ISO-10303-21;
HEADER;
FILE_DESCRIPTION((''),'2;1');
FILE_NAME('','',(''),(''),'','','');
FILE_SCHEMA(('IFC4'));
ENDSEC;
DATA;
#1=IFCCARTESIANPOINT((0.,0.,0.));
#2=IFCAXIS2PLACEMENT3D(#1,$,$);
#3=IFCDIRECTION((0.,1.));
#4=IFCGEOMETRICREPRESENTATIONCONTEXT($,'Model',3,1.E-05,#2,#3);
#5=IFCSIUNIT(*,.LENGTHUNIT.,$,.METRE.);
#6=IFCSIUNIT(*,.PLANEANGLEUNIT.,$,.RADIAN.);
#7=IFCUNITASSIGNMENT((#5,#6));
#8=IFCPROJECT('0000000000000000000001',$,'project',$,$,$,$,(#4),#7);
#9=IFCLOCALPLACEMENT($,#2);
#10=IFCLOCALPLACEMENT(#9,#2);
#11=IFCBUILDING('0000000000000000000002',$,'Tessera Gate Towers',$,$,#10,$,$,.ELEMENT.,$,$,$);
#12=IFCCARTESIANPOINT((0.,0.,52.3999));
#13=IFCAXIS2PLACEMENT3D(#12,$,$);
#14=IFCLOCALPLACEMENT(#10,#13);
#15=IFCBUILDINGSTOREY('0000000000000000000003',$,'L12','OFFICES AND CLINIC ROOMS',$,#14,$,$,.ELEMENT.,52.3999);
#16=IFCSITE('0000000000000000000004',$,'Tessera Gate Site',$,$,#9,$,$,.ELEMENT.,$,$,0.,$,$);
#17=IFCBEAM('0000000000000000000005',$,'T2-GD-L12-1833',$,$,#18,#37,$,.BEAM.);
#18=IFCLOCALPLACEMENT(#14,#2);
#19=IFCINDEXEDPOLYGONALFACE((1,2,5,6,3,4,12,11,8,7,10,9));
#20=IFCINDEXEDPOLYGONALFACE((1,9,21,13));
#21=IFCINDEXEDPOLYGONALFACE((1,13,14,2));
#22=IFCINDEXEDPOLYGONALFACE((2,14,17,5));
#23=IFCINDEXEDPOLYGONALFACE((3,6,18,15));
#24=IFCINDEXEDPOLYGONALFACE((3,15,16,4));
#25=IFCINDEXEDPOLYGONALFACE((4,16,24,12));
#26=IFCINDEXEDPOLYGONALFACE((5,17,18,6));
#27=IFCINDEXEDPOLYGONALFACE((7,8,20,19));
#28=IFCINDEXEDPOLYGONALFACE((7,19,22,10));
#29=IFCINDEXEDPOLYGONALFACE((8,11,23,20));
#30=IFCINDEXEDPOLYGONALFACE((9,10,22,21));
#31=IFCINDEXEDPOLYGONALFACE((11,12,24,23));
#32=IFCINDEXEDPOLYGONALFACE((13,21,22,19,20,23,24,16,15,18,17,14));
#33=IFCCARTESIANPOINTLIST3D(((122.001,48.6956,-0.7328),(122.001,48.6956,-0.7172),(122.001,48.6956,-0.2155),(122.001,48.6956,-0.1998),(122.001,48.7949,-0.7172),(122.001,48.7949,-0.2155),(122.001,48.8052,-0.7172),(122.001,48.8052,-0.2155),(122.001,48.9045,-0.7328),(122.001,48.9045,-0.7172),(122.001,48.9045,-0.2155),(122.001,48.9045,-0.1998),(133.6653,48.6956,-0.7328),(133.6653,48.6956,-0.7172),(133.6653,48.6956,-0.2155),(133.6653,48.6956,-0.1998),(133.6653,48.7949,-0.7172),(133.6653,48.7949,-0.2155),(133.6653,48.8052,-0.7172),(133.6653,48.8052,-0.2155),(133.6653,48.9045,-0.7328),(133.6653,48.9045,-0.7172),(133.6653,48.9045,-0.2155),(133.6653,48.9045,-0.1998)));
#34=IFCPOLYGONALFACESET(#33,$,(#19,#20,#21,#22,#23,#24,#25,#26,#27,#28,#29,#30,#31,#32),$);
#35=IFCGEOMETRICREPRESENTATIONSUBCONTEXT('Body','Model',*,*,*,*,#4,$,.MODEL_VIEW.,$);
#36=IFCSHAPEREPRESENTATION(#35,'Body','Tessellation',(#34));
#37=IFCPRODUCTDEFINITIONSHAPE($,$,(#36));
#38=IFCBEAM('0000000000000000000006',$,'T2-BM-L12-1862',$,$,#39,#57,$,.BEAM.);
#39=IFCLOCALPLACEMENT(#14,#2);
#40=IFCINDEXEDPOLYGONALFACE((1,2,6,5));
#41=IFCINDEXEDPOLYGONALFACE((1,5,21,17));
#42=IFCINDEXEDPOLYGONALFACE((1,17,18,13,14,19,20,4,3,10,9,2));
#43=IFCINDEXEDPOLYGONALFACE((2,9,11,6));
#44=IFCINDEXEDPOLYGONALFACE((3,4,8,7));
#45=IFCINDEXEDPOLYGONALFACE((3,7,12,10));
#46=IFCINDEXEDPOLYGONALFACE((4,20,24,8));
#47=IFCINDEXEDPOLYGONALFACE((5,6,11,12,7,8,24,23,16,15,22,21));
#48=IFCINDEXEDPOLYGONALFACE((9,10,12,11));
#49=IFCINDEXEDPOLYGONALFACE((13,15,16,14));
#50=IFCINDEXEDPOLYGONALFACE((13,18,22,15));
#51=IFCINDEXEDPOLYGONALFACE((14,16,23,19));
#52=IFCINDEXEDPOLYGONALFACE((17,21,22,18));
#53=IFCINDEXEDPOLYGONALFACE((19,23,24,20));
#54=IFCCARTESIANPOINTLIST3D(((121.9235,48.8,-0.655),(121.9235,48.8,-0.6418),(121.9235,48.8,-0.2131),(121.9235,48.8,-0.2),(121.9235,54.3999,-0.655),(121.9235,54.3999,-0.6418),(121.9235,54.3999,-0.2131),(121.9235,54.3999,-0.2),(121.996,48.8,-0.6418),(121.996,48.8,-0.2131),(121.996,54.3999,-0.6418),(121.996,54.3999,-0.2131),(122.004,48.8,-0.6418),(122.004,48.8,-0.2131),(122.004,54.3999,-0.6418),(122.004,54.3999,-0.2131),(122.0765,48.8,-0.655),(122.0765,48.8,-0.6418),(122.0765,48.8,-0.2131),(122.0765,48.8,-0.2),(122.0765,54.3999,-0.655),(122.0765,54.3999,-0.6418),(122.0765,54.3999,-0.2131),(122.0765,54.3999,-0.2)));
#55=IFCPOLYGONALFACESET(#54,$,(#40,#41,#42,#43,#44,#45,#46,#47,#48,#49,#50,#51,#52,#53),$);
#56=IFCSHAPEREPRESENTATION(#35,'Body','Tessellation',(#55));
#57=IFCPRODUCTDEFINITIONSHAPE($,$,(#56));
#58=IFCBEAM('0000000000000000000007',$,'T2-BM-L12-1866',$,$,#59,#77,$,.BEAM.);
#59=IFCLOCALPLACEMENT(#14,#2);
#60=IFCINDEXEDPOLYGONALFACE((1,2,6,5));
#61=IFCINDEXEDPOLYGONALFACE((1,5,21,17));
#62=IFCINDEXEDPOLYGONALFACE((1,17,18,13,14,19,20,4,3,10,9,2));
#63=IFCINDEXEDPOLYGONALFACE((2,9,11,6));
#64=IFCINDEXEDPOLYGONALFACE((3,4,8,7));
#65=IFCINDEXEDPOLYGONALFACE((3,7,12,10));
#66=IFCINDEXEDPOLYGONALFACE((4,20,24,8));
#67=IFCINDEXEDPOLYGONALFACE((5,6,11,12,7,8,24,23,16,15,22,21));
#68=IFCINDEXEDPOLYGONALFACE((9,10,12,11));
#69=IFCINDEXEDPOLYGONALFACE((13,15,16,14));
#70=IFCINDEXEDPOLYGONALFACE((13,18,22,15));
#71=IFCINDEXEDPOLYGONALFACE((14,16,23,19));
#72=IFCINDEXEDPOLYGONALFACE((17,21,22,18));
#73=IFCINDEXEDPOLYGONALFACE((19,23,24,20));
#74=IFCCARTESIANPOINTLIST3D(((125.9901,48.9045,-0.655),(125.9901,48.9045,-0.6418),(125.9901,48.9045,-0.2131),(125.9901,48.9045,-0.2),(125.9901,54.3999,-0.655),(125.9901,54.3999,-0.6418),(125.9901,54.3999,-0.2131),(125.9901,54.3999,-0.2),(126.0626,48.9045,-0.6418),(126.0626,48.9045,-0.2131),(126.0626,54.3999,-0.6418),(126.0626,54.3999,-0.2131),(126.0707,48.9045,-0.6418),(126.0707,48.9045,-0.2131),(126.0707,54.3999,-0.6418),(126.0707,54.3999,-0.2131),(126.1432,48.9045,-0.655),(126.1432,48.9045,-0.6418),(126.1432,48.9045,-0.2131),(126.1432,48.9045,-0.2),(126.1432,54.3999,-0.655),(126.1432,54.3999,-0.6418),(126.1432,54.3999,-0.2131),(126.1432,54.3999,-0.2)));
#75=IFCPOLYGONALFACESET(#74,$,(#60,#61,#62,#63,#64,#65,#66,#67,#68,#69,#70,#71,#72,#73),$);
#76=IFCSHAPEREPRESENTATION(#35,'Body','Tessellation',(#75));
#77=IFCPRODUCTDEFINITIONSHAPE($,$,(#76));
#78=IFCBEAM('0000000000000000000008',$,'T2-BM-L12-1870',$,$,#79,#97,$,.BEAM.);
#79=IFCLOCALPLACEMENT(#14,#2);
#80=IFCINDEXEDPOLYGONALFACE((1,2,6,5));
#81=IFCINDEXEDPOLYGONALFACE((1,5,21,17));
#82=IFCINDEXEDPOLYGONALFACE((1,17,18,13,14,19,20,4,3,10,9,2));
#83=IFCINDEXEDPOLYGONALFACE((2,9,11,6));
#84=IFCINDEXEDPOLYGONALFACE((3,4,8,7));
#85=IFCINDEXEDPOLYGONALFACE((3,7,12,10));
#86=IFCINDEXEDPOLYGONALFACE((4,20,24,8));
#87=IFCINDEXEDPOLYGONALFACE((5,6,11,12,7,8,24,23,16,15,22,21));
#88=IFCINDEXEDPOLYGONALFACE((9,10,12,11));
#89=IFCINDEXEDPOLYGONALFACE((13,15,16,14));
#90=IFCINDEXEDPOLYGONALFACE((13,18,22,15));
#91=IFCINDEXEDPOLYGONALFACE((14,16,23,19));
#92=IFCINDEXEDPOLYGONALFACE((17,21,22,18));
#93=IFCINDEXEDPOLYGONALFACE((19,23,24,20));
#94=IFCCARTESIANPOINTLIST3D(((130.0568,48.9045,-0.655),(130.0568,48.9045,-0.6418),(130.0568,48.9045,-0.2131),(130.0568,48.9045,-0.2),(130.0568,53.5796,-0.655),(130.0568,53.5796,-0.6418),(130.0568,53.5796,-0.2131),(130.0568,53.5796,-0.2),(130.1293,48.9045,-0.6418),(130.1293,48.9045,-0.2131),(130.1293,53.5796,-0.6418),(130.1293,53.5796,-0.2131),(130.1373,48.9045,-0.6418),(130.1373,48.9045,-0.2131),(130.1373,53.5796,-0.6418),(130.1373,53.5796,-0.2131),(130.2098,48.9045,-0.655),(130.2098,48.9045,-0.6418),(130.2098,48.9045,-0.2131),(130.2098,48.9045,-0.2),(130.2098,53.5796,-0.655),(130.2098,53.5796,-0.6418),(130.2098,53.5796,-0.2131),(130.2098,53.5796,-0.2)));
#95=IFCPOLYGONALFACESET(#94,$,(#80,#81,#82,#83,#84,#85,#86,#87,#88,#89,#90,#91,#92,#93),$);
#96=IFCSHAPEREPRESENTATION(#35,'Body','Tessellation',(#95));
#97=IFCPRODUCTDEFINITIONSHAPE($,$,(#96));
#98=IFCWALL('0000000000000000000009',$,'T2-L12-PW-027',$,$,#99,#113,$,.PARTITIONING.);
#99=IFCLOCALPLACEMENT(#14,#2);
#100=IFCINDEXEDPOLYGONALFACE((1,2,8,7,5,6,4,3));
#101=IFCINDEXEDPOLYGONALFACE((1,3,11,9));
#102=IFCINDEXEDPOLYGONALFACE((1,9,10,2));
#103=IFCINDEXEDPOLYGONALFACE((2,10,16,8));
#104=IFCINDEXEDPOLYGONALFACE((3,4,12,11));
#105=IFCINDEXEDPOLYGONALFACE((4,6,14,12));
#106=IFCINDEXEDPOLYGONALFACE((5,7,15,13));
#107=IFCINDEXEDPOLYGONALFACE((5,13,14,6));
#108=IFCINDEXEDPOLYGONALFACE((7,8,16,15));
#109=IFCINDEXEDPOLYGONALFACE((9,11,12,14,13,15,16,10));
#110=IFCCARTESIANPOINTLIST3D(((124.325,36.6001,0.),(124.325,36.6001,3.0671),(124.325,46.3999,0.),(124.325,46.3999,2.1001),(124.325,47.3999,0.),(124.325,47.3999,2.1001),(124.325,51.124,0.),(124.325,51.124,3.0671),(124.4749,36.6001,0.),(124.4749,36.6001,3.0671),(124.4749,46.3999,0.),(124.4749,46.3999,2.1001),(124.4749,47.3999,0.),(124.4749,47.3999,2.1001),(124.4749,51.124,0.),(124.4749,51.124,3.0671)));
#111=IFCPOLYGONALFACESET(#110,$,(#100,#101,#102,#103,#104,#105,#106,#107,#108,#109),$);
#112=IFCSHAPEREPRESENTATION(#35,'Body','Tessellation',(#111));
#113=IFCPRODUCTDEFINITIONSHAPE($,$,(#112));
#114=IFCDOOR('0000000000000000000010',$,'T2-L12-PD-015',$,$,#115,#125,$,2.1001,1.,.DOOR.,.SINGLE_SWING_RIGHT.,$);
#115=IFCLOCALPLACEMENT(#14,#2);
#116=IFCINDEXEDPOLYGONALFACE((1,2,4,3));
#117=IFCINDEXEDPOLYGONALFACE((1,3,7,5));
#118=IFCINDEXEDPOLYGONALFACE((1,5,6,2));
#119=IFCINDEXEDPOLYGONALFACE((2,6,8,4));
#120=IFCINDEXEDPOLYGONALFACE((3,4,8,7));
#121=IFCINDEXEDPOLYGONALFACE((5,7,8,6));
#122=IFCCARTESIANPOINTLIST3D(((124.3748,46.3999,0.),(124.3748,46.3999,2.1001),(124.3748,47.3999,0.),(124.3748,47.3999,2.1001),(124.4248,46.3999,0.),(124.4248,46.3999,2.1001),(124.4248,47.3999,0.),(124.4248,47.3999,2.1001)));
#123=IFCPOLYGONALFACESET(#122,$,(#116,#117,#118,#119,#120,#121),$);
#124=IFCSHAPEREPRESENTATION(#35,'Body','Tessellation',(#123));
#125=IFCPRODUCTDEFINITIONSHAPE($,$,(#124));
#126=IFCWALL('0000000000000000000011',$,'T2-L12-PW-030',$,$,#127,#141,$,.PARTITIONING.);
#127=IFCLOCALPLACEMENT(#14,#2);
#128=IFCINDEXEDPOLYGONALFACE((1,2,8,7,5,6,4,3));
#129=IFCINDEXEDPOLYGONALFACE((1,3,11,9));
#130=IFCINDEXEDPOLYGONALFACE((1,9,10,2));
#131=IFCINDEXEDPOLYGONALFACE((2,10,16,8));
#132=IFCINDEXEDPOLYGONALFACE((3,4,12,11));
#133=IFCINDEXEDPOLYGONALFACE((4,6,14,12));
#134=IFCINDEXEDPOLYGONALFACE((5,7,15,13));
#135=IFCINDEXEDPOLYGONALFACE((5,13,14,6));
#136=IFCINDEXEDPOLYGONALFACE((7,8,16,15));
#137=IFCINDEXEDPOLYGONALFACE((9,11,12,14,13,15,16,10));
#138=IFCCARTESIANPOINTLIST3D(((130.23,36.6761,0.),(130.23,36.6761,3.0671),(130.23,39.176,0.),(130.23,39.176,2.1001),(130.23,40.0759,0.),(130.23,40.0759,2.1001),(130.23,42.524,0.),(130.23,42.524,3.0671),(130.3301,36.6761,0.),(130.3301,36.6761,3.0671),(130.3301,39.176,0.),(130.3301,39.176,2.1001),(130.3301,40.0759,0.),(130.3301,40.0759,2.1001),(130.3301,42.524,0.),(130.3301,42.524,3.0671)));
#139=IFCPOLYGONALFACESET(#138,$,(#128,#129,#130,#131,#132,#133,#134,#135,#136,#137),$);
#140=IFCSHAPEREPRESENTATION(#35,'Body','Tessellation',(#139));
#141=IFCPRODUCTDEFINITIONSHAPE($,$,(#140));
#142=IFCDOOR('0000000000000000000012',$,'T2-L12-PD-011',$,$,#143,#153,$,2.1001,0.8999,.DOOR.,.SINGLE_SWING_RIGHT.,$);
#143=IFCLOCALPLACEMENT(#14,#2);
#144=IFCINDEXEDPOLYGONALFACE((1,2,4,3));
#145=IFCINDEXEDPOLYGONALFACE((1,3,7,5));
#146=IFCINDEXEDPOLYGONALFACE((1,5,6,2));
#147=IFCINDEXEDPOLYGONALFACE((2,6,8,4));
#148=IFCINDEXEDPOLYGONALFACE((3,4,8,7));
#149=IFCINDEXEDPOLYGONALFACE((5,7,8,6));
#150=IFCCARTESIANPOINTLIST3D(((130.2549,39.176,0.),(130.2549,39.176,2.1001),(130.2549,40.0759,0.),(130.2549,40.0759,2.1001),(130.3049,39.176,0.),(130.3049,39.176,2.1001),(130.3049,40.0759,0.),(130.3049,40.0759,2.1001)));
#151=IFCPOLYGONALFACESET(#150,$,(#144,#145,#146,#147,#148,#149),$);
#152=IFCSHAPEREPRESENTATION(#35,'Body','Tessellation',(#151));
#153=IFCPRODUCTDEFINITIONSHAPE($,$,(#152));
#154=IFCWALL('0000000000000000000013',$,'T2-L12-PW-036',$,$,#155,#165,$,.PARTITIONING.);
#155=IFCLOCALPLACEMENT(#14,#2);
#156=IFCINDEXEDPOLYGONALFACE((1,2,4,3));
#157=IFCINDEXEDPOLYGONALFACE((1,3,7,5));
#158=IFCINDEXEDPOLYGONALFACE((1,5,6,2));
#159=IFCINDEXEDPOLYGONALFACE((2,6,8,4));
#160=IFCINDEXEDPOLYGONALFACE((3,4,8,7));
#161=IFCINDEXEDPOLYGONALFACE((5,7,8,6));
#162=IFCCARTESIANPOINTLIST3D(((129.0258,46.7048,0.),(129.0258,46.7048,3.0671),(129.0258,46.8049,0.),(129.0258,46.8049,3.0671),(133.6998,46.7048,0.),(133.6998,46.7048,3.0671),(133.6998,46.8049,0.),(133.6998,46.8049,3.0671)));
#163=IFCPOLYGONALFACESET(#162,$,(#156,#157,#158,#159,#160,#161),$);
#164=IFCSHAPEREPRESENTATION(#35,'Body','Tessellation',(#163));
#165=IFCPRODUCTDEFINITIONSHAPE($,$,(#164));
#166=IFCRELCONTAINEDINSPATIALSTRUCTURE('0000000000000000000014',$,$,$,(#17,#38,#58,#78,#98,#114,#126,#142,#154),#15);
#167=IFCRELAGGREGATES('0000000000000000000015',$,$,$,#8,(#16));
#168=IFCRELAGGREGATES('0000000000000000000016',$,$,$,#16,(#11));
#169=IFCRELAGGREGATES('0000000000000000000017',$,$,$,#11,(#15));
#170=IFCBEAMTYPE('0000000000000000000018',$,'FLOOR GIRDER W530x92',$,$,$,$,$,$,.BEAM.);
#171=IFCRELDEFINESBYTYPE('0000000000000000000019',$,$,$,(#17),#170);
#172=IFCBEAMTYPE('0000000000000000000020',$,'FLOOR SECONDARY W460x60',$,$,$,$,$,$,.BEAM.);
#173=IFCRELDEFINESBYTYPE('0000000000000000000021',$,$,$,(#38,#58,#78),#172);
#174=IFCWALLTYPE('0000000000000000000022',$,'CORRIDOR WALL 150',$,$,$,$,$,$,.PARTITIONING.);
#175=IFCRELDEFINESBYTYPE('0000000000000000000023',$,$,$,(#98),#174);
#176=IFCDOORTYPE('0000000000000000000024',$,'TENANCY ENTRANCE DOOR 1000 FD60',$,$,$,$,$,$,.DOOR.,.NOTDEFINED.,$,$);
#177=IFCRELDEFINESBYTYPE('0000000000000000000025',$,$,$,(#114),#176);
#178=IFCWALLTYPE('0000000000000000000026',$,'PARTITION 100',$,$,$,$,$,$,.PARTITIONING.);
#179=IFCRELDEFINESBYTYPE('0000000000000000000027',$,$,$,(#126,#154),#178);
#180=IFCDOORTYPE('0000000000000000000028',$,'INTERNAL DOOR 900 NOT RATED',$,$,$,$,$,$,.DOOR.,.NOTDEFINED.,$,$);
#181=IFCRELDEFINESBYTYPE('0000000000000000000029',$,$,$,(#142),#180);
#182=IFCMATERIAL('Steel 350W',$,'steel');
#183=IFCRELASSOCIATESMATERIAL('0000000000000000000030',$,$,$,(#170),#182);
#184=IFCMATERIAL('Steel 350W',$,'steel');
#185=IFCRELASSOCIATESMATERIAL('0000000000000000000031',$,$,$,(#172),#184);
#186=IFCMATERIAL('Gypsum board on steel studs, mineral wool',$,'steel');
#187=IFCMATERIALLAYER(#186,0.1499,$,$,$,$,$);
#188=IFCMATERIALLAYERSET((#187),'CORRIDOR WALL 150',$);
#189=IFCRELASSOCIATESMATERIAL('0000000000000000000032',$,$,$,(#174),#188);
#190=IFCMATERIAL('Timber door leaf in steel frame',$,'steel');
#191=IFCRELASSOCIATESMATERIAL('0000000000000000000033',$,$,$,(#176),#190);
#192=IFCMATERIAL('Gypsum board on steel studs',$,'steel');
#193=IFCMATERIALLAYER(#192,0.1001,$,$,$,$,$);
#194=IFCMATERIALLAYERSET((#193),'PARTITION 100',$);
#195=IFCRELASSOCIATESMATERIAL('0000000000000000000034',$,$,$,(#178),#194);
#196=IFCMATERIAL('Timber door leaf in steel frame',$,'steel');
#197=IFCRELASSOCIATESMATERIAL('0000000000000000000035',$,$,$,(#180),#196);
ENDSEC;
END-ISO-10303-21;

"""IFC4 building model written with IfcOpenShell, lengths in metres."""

from ifc_helpers import new_model, si_unit, direction, frame, frame_2d, origin, origin_2d, place, context, subcontext, project, spatial, rectangle, i_section, extrude, source, transform, mapped, material, layer, layer_set, material_profile, profile_set, type_object, element, fill, save


model = new_model("IFC4")

# Units and contexts
model_context = context("Model", 3, precision=1e-05, world=origin(), true_north=direction((0.0, 1.0)))
body_context = subcontext(model_context, "Body", "Model", "MODEL_VIEW")
ifc_project = project(units=[si_unit("LENGTHUNIT", "METRE"), si_unit("PLANEANGLEUNIT", "RADIAN")], contexts=[model_context])

# Site, building, storey
site_placement = place(None, origin())
site = spatial("IfcSite", under=ifc_project, at=site_placement, Name="Tessera Gate Site", CompositionType="ELEMENT", RefElevation=0.0)
building_placement = place(site_placement, origin())
building = spatial("IfcBuilding", under=site, at=building_placement, Name="Tessera Gate Towers", CompositionType="ELEMENT")
storey_placement = place(building_placement, frame((0.0, 0.0, 52.3999)))
storey = spatial("IfcBuildingStorey", under=building, at=storey_placement, Name="L12", Description="OFFICES AND CLINIC ROOMS", CompositionType="ELEMENT", Elevation=52.3999)

# Beams
ifc_material_1 = material(Name="Steel 350W", Category="steel")
ifc_material_profile_1 = material_profile(ifc_material_1, i_section(OverallWidth=0.209, OverallDepth=0.533, WebThickness=0.0103, FlangeThickness=0.0156, at=origin_2d()), Name="W530x92")
ifc_profile_set_1 = profile_set([ifc_material_profile_1], Name="Steel 350W")
beam_type_1 = type_object("IfcBeamType", Name="FLOOR GIRDER W530x92", PredefinedType="BEAM", material=ifc_profile_set_1)
beam_1_placement = place(storey_placement, frame((122.001, 48.8, -0.4663), z_axis=(1.0, 0.0, 0.0), x_axis=(0.0, 1.0, 0.0)))
element("IfcBeam", 1, at=beam_1_placement, inside=storey, type_object=beam_type_1, Name="T2-GD-L12-1833", PredefinedType="BEAM", context=body_context, shape_type="SweptSolid", body=[
    extrude(i_section(OverallWidth=0.209, OverallDepth=0.533, WebThickness=0.0103, FlangeThickness=0.0156, at=origin_2d()), origin(), (0.0, 0.0, 1.0), 11.6643),
])
ifc_material_2 = material(Name="Steel 350W", Category="steel")
ifc_material_profile_2 = material_profile(ifc_material_2, i_section(OverallWidth=0.1531, OverallDepth=0.4551, WebThickness=0.0081, FlangeThickness=0.0132, at=origin_2d()), Name="W460x60")
ifc_profile_set_2 = profile_set([ifc_material_profile_2], Name="Steel 350W")
beam_type_2 = type_object("IfcBeamType", Name="FLOOR SECONDARY W460x60", PredefinedType="BEAM", material=ifc_profile_set_2)
beam_2_placement = place(storey_placement, frame((122.0, 48.8, -0.4275), z_axis=(0.0, 1.0, 0.0), x_axis=(-1.0, 0.0, 0.0)))
element("IfcBeam", 2, at=beam_2_placement, inside=storey, type_object=beam_type_2, Name="T2-BM-L12-1862", PredefinedType="BEAM", context=body_context, shape_type="SweptSolid", body=[
    extrude(i_section(OverallWidth=0.1531, OverallDepth=0.4551, WebThickness=0.0081, FlangeThickness=0.0132, at=origin_2d()), origin(), (0.0, 0.0, 1.0), 5.5999),
])
beam_3_placement = place(storey_placement, frame((126.0667, 48.9045, -0.4275), z_axis=(0.0, 1.0, 0.0), x_axis=(-1.0, 0.0, 0.0)))
element("IfcBeam", 3, at=beam_3_placement, inside=storey, type_object=beam_type_2, Name="T2-BM-L12-1866", PredefinedType="BEAM", context=body_context, shape_type="SweptSolid", body=[
    extrude(i_section(OverallWidth=0.1531, OverallDepth=0.4551, WebThickness=0.0081, FlangeThickness=0.0132, at=origin_2d()), origin(), (0.0, 0.0, 1.0), 5.4954),
])
beam_4_placement = place(storey_placement, frame((130.1333, 48.9045, -0.4275), z_axis=(0.0, 1.0, 0.0), x_axis=(-1.0, 0.0, 0.0)))
element("IfcBeam", 4, at=beam_4_placement, inside=storey, type_object=beam_type_2, Name="T2-BM-L12-1870", PredefinedType="BEAM", context=body_context, shape_type="SweptSolid", body=[
    extrude(i_section(OverallWidth=0.1531, OverallDepth=0.4551, WebThickness=0.0081, FlangeThickness=0.0132, at=origin_2d()), origin(), (0.0, 0.0, 1.0), 4.675),
])

# Walls, openings, doors
ifc_material_3 = material(Name="Gypsum board on steel studs, mineral wool", Category="steel")
ifc_layer_1 = layer(ifc_material_3, 0.1499)
ifc_layer_set_1 = layer_set([ifc_layer_1], Name="CORRIDOR WALL 150")
wall_type_1 = type_object("IfcWallType", Name="CORRIDOR WALL 150", PredefinedType="PARTITIONING", material=ifc_layer_set_1)
wall_1_placement = place(storey_placement, frame((124.3999, 51.124, 0.0), z_axis=(0.0, 0.0, 1.0), x_axis=(0.0, -1.0, 0.0)))
wall_1 = element("IfcWall", 5, at=wall_1_placement, inside=storey, type_object=wall_type_1, Name="T2-L12-PW-027", PredefinedType="PARTITIONING", context=body_context, shape_type="SweptSolid", body=[
    extrude(rectangle(XDim=14.5239, YDim=0.1499, at=frame_2d((7.262, 0.0))), origin(), (0.0, 0.0, 1.0), 3.0671),
])
shared_shape_1 = source(origin(), body_context, "Body", "SweptSolid", [
    extrude(rectangle(XDim=1.0, YDim=2.1001, at=frame_2d((0.5, 1.05))), frame((0.0, 0.085, 0.0), z_axis=(0.0, -1.0, 0.0), x_axis=(1.0, 0.0, 0.0)), (0.0, 0.0, 1.0), 0.1699),
])
opening_1_placement = place(wall_1_placement, frame((3.7241, 0.0, 0.0)))
opening_1 = element("IfcOpeningElement", 6, at=opening_1_placement, cuts=wall_1, PredefinedType="OPENING", context=body_context, shape_type="MappedRepresentation", body=[
    mapped(shared_shape_1, transform((0.0, 0.0, 0.0), scale=1.0)),
])
ifc_material_4 = material(Name="Timber door leaf in steel frame", Category="steel")
door_type_1 = type_object("IfcDoorType", Name="TENANCY ENTRANCE DOOR 1000 FD60", OperationType="NOTDEFINED", PredefinedType="DOOR", material=ifc_material_4)
shared_shape_2 = source(origin(), body_context, "Body", "SweptSolid", [
    extrude(rectangle(XDim=1.0, YDim=2.1001, at=frame_2d((0.5, 1.05))), frame((0.0, 0.0249, 0.0), z_axis=(0.0, -1.0, 0.0), x_axis=(1.0, 0.0, 0.0)), (0.0, 0.0, 1.0), 0.05),
])
door_1_placement = place(opening_1_placement, origin())
door_1 = element("IfcDoor", 7, at=door_1_placement, inside=storey, type_object=door_type_1, Name="T2-L12-PD-015", OperationType="SINGLE_SWING_RIGHT", OverallHeight=2.1001, OverallWidth=1.0, PredefinedType="DOOR", context=body_context, shape_type="MappedRepresentation", body=[
    mapped(shared_shape_2, transform((0.0, 0.0, 0.0), scale=1.0)),
])
fill(opening_1, door_1)
ifc_material_5 = material(Name="Gypsum board on steel studs", Category="steel")
ifc_layer_2 = layer(ifc_material_5, 0.1001)
ifc_layer_set_2 = layer_set([ifc_layer_2], Name="PARTITION 100")
wall_type_2 = type_object("IfcWallType", Name="PARTITION 100", PredefinedType="PARTITIONING", material=ifc_layer_set_2)
wall_2_placement = place(storey_placement, frame((130.28, 42.5239, 0.0), z_axis=(0.0, 0.0, 1.0), x_axis=(0.0, -1.0, 0.0)))
wall_2 = element("IfcWall", 8, at=wall_2_placement, inside=storey, type_object=wall_type_2, Name="T2-L12-PW-030", PredefinedType="PARTITIONING", context=body_context, shape_type="SweptSolid", body=[
    extrude(rectangle(XDim=5.8479, YDim=0.1001, at=frame_2d((2.9238, 0.0))), origin(), (0.0, 0.0, 1.0), 3.0671),
])
shared_shape_3 = source(origin(), body_context, "Body", "SweptSolid", [
    extrude(rectangle(XDim=0.8999, YDim=2.1001, at=frame_2d((0.45, 1.05))), frame((0.0, 0.0601, 0.0), z_axis=(0.0, -1.0, 0.0), x_axis=(1.0, 0.0, 0.0)), (0.0, 0.0, 1.0), 0.1201),
])
opening_2_placement = place(wall_2_placement, frame((2.448, 0.0, 0.0)))
opening_2 = element("IfcOpeningElement", 9, at=opening_2_placement, cuts=wall_2, PredefinedType="OPENING", context=body_context, shape_type="MappedRepresentation", body=[
    mapped(shared_shape_3, transform((0.0, 0.0, 0.0), scale=1.0)),
])
ifc_material_6 = material(Name="Timber door leaf in steel frame", Category="steel")
door_type_2 = type_object("IfcDoorType", Name="INTERNAL DOOR 900 NOT RATED", OperationType="NOTDEFINED", PredefinedType="DOOR", material=ifc_material_6)
shared_shape_4 = source(origin(), body_context, "Body", "SweptSolid", [
    extrude(rectangle(XDim=0.8999, YDim=2.1001, at=frame_2d((0.45, 1.05))), frame((0.0, 0.0249, 0.0), z_axis=(0.0, -1.0, 0.0), x_axis=(1.0, 0.0, 0.0)), (0.0, 0.0, 1.0), 0.05),
])
door_2_placement = place(opening_2_placement, origin())
door_2 = element("IfcDoor", 10, at=door_2_placement, inside=storey, type_object=door_type_2, Name="T2-L12-PD-011", OperationType="SINGLE_SWING_RIGHT", OverallHeight=2.1001, OverallWidth=0.8999, PredefinedType="DOOR", context=body_context, shape_type="MappedRepresentation", body=[
    mapped(shared_shape_4, transform((0.0, 0.0, 0.0), scale=1.0)),
])
fill(opening_2, door_2)

# Wall
wall_3_placement = place(storey_placement, frame((129.0259, 46.7549, 0.0), z_axis=(0.0, 0.0, 1.0), x_axis=(1.0, 0.0, 0.0)))
element("IfcWall", 11, at=wall_3_placement, inside=storey, type_object=wall_type_2, Name="T2-L12-PW-036", PredefinedType="PARTITIONING", context=body_context, shape_type="SweptSolid", body=[
    extrude(rectangle(XDim=4.6741, YDim=0.1001, at=frame_2d((2.3369, 0.0))), origin(), (0.0, 0.0, 1.0), 3.0671),
])

save(model, "model.ifc")
